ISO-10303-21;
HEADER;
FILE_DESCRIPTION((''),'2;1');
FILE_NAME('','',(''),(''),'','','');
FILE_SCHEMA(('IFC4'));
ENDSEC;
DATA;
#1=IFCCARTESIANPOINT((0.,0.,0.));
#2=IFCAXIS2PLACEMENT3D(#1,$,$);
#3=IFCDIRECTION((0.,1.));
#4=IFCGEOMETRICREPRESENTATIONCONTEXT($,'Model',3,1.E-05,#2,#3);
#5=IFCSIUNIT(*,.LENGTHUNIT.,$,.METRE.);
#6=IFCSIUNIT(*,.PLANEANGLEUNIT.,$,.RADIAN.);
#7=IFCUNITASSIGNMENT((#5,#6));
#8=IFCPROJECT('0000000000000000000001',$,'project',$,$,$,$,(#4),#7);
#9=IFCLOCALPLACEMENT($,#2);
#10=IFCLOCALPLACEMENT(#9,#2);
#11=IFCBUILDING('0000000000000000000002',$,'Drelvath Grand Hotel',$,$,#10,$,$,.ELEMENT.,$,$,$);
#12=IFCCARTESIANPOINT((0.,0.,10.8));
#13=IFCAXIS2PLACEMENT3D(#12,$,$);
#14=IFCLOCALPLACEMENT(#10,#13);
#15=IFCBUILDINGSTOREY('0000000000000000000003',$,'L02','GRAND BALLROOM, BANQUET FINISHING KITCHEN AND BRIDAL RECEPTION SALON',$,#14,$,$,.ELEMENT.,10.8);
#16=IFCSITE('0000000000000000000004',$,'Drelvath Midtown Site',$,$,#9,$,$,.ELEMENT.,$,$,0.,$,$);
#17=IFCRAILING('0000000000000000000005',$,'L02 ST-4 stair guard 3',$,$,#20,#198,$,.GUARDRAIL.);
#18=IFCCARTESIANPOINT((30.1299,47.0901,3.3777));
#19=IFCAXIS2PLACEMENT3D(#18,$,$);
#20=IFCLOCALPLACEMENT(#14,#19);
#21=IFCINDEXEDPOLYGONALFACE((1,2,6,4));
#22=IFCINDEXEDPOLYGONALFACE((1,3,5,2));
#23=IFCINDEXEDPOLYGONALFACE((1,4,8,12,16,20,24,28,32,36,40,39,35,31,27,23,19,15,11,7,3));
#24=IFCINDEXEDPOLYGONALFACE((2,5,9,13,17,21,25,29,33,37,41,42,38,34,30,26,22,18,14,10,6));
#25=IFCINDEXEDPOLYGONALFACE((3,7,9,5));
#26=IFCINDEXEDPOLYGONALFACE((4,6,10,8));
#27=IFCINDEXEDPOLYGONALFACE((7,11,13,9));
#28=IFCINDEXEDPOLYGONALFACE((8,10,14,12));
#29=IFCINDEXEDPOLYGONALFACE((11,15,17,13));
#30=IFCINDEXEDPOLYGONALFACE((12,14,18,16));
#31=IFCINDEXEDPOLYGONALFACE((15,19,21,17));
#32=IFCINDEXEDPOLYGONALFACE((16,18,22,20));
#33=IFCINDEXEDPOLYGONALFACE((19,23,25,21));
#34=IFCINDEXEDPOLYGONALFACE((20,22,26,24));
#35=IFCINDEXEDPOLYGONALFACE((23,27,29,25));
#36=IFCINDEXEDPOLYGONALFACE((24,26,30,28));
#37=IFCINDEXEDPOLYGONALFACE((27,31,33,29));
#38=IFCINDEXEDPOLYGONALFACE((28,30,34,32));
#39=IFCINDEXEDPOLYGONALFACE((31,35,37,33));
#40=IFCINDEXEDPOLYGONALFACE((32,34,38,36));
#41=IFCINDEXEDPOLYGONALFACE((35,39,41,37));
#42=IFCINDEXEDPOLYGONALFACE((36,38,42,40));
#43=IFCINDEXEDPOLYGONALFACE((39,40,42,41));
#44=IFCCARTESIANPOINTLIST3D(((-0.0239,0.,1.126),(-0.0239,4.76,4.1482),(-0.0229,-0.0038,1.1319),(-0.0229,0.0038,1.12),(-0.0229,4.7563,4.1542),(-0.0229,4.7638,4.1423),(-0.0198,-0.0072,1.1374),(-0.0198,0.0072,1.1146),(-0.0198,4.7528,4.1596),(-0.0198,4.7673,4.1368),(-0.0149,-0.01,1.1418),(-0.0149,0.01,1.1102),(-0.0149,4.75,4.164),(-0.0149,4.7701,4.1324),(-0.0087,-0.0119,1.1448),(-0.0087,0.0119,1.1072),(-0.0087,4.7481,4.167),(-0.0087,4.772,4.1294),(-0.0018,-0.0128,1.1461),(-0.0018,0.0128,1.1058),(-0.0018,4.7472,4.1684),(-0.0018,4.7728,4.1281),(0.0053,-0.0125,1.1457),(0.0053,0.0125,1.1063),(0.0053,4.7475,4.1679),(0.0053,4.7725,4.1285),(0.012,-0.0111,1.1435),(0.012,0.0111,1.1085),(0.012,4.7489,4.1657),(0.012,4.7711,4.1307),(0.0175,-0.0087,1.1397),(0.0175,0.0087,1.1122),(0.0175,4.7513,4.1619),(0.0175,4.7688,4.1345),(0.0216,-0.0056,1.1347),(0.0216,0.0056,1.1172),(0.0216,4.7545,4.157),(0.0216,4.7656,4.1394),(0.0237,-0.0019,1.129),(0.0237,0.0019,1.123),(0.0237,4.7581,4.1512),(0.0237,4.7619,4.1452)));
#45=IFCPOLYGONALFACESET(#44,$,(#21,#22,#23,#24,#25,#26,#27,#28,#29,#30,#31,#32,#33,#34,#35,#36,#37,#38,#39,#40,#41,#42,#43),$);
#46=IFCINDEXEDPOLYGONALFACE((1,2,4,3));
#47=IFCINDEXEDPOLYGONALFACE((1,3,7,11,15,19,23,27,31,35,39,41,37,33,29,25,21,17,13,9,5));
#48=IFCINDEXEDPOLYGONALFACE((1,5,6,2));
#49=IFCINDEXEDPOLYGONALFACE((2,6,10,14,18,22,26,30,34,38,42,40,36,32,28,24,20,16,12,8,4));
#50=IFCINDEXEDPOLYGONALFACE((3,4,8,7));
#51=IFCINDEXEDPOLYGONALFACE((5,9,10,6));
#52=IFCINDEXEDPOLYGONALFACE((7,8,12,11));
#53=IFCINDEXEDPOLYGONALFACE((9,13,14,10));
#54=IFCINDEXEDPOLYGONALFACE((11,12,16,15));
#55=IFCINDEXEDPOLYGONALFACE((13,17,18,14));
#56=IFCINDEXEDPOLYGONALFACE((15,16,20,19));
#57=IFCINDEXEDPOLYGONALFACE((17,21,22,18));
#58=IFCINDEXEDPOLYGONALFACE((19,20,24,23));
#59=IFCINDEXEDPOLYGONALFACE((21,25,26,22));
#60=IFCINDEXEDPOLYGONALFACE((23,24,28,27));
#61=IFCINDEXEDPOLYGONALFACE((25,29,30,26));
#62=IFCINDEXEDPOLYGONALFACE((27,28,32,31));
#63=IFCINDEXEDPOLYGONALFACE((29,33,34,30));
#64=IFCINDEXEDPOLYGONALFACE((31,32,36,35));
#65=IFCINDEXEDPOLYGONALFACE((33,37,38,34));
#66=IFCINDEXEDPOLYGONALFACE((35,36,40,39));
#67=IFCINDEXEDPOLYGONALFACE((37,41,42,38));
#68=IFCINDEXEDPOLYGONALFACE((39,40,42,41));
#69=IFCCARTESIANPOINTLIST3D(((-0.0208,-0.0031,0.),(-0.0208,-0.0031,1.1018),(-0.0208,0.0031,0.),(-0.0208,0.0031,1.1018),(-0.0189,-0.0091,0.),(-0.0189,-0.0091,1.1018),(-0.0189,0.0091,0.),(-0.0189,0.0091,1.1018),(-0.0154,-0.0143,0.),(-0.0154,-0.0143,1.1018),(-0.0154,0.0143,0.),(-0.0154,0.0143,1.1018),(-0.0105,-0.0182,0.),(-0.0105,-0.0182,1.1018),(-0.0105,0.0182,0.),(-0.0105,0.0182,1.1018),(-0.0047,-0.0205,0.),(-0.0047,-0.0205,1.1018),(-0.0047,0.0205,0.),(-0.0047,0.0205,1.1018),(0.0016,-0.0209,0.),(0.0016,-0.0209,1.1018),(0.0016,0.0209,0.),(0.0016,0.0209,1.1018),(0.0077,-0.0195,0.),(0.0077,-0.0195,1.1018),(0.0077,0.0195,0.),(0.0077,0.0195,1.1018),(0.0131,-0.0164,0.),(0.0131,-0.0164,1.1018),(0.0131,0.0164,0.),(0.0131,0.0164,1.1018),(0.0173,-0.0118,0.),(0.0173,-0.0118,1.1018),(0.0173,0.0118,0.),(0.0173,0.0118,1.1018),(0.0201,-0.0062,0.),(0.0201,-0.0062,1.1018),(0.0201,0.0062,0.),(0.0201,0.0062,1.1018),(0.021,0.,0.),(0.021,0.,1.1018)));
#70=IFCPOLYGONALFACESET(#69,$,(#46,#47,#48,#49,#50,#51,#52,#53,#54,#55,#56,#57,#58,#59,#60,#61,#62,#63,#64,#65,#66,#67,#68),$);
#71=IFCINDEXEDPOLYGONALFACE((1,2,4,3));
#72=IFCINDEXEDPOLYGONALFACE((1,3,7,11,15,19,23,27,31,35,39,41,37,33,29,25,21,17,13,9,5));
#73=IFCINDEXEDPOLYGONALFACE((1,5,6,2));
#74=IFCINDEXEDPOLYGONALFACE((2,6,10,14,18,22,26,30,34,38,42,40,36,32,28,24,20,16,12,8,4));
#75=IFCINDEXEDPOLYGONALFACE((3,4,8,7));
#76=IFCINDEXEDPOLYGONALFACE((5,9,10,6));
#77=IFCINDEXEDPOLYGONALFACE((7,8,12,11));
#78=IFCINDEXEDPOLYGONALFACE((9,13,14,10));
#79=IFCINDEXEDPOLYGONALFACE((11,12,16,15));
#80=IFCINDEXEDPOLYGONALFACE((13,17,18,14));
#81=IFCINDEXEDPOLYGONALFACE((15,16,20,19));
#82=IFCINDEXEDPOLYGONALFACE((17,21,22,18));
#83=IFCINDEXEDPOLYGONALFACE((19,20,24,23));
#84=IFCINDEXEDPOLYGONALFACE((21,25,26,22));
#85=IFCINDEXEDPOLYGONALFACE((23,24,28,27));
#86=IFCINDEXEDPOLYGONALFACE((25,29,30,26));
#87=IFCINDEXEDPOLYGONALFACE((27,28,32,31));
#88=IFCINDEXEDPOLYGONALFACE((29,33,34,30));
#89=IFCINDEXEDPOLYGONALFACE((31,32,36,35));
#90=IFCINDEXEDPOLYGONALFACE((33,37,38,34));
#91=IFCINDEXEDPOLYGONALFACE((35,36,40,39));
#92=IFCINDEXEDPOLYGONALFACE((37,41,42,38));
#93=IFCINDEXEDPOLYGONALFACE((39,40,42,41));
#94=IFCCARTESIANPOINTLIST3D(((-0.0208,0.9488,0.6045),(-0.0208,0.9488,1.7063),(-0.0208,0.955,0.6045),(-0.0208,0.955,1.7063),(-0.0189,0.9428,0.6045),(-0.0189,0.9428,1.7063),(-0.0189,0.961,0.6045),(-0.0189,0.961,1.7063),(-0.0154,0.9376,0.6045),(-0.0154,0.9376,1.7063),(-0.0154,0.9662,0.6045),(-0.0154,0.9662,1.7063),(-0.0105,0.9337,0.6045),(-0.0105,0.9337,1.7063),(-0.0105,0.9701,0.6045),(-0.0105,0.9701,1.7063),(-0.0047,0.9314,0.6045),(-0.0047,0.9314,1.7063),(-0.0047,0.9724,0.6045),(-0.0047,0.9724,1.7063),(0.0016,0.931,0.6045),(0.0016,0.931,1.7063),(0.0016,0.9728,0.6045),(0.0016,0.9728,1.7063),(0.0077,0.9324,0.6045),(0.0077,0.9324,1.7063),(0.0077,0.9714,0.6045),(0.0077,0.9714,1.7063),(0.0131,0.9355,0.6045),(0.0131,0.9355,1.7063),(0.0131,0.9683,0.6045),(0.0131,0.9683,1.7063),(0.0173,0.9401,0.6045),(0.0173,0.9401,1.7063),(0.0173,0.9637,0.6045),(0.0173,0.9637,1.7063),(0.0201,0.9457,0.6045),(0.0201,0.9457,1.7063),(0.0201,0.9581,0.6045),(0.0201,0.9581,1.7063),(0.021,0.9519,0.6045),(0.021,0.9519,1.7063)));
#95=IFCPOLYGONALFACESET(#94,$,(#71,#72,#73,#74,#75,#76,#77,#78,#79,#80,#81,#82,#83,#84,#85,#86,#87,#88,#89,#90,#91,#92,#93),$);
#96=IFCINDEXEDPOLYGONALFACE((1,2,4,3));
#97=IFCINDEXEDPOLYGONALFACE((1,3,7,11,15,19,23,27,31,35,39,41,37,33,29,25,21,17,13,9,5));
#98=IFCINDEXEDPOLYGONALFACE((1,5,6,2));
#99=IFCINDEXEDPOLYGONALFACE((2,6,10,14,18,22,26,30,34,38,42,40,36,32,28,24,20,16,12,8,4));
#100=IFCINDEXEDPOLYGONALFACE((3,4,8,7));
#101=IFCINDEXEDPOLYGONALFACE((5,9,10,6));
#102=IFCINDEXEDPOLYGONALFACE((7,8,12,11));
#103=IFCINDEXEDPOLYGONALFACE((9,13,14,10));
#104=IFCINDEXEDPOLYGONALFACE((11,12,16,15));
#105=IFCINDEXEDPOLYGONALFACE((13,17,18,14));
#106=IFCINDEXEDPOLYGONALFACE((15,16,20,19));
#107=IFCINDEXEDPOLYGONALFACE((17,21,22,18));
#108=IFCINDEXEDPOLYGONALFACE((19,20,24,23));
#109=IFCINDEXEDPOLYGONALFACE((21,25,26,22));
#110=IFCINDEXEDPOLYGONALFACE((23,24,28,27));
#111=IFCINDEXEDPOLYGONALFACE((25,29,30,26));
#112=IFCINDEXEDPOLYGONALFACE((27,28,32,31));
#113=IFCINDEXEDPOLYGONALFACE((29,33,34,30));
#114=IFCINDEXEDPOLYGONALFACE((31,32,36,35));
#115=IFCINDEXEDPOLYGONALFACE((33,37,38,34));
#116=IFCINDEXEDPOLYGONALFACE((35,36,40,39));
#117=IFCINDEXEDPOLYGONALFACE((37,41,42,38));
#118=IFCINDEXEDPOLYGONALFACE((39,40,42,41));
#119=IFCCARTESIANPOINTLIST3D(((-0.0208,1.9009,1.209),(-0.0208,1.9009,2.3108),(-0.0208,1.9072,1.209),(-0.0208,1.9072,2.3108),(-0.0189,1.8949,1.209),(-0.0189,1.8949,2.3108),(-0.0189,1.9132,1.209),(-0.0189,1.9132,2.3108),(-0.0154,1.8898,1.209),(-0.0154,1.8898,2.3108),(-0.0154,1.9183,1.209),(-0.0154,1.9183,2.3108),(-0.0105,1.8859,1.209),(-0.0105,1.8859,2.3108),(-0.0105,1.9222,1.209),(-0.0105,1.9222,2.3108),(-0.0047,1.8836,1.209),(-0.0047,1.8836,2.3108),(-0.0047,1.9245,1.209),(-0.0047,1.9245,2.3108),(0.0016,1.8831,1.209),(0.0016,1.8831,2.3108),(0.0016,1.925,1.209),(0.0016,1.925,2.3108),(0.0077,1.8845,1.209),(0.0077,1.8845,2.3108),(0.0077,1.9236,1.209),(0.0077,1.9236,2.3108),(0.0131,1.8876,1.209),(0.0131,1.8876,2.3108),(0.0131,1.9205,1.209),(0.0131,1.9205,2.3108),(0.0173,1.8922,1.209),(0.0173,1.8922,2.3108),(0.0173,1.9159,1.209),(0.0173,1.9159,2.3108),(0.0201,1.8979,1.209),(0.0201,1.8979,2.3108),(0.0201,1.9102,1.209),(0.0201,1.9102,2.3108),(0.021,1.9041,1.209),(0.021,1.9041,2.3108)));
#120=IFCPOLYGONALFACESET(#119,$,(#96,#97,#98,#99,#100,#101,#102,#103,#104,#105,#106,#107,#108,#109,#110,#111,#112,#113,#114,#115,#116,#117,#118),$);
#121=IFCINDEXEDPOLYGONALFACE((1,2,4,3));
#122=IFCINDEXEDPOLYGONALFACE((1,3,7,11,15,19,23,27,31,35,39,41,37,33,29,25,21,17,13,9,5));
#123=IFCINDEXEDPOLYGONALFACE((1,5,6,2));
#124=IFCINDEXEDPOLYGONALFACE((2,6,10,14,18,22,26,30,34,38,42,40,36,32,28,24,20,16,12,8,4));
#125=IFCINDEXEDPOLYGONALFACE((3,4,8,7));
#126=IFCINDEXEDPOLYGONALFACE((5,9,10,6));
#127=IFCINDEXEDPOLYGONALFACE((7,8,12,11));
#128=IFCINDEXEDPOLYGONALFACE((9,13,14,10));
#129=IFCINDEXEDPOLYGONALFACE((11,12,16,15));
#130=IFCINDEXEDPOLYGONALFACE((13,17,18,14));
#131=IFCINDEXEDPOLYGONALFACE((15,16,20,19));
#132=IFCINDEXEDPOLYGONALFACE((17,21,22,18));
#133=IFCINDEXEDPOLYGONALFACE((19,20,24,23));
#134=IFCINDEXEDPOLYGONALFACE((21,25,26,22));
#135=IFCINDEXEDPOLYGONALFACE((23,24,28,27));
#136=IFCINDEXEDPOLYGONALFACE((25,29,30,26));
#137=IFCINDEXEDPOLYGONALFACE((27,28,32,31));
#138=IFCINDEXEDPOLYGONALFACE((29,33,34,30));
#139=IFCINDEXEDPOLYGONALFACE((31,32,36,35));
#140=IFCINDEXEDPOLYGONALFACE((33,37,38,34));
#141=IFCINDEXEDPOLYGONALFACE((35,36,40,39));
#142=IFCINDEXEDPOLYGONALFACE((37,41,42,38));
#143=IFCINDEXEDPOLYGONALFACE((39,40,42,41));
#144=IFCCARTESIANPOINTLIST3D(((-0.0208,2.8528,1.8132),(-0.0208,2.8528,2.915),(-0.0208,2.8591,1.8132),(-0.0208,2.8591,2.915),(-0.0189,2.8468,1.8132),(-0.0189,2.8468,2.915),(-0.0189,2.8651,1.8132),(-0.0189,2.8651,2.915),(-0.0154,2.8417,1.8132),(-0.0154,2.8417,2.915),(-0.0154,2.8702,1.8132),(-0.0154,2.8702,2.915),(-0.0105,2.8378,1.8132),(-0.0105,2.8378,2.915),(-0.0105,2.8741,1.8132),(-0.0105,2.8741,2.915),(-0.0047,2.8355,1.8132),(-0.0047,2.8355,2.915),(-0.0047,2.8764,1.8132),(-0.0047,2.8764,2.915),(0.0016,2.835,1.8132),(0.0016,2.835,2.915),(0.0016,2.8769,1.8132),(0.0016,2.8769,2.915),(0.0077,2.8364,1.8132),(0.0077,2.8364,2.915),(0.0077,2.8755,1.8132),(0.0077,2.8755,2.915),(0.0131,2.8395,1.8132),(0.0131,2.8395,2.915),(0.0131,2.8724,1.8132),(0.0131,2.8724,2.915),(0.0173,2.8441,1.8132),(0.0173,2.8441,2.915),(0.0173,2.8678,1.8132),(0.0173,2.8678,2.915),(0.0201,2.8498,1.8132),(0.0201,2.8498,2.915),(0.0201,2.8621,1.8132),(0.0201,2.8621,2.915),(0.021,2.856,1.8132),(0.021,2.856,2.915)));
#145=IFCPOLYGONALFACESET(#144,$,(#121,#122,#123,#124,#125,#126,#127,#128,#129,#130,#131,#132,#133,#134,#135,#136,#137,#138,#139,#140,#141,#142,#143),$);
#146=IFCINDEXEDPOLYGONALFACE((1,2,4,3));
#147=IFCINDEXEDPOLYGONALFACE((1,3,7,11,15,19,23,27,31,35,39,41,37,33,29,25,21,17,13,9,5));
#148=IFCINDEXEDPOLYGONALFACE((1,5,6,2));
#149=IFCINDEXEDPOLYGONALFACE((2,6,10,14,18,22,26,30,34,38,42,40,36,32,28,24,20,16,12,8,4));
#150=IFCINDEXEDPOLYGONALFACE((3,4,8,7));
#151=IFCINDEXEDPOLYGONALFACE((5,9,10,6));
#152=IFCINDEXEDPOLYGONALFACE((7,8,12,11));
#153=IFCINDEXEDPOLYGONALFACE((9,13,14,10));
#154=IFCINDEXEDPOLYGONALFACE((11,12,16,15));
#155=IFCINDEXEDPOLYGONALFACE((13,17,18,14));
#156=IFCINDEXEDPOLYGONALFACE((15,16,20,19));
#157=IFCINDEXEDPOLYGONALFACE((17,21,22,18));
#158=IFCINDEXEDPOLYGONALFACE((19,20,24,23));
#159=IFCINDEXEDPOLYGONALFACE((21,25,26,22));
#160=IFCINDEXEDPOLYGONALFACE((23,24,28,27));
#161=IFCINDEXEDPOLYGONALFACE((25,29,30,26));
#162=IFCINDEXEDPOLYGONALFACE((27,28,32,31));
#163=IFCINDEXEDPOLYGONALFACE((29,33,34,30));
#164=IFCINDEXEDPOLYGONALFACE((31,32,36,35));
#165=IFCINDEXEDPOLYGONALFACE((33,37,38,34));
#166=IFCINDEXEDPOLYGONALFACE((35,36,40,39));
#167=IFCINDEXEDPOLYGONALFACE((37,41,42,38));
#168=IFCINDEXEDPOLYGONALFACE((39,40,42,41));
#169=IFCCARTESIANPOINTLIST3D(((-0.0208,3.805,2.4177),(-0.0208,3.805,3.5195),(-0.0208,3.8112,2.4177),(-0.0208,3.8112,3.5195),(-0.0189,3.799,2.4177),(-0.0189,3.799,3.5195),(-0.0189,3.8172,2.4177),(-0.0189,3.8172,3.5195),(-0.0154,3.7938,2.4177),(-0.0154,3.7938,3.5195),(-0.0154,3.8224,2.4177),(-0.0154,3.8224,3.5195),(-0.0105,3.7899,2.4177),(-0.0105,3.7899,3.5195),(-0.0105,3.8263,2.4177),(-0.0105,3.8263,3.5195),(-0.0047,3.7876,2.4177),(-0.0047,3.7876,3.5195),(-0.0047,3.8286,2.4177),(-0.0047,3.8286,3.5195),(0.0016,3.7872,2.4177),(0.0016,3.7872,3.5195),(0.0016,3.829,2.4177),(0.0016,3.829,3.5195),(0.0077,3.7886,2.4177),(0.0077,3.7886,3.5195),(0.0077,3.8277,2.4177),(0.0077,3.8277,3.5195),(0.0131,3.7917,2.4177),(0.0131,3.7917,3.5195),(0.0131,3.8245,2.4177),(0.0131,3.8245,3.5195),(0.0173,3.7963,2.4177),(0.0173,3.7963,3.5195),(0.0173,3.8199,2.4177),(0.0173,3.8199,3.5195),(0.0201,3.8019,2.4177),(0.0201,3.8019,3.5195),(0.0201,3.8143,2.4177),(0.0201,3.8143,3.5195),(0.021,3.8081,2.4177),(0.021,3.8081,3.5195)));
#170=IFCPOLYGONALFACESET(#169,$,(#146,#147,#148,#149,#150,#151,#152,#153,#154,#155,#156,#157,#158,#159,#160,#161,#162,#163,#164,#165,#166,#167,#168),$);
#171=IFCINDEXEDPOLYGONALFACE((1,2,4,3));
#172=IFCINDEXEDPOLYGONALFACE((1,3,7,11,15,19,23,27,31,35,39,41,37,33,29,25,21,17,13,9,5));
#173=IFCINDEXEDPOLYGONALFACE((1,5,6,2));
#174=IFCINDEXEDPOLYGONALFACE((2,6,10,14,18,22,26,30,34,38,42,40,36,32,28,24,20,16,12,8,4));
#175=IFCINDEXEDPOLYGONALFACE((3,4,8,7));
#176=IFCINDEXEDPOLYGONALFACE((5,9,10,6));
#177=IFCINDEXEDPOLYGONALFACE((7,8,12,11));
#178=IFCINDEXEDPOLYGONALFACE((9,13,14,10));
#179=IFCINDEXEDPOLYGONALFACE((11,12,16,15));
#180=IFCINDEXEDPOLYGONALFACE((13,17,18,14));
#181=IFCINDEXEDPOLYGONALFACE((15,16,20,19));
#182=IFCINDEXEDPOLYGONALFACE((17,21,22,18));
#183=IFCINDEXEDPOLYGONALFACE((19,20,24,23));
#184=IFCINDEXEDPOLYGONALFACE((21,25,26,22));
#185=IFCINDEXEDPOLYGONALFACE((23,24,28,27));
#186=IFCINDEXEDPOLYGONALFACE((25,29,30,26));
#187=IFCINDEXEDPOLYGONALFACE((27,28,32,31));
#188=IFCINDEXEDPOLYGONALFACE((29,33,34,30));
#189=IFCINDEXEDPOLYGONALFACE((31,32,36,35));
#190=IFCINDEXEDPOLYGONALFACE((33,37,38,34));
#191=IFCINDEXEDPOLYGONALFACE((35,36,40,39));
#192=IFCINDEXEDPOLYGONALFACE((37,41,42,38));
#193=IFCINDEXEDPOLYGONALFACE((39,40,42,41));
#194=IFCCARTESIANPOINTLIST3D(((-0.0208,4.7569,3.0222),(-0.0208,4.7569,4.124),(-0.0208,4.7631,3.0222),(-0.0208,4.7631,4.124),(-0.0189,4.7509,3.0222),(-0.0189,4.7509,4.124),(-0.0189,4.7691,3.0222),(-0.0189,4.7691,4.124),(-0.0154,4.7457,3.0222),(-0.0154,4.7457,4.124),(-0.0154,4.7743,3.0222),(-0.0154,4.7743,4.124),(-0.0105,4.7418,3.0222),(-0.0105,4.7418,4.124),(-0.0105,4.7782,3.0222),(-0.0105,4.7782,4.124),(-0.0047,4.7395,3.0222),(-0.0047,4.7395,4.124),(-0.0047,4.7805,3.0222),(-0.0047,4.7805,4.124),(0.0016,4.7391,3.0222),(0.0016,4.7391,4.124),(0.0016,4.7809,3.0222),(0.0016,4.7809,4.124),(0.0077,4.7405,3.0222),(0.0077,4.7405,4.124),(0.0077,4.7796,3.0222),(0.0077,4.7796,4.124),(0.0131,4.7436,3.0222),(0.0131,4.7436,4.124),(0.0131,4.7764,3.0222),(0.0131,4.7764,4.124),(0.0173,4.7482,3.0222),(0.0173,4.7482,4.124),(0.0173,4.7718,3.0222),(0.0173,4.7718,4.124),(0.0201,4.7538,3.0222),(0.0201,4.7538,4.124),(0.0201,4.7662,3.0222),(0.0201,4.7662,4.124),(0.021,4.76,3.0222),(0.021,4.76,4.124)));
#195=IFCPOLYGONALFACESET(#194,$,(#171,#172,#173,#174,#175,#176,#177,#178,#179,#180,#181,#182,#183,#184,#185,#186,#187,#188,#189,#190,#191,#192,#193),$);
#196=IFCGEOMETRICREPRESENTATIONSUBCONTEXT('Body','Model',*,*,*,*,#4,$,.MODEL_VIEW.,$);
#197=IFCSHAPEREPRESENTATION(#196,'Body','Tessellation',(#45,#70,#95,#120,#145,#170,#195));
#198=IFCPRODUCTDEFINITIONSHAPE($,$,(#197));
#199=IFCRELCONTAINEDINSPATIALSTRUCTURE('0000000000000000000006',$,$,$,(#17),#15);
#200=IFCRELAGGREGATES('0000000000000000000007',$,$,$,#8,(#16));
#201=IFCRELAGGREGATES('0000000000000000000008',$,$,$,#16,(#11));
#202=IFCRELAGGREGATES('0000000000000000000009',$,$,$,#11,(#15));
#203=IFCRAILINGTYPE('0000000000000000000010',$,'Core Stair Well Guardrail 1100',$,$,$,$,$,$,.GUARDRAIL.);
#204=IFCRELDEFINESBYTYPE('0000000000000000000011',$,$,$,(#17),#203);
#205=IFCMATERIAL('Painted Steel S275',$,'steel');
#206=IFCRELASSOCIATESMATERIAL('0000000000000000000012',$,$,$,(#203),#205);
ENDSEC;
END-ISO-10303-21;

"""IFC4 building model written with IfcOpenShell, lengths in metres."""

from ifc_helpers import new_model, si_unit, direction, frame, origin, origin_2d, place, context, subcontext, project, spatial, circle, extrude, material, type_object, element, save


model = new_model("IFC4")

# Units and contexts
model_context = context("Model", 3, precision=1e-05, world=origin(), true_north=direction((0.0, 1.0)))
body_context = subcontext(model_context, "Body", "Model", "MODEL_VIEW")
ifc_project = project(units=[si_unit("LENGTHUNIT", "METRE"), si_unit("PLANEANGLEUNIT", "RADIAN")], contexts=[model_context])

# Site, building, storey
site_placement = place(None, origin())
site = spatial("IfcSite", under=ifc_project, at=site_placement, Name="Drelvath Midtown Site", CompositionType="ELEMENT", RefElevation=0.0)
building_placement = place(site_placement, origin())
building = spatial("IfcBuilding", under=site, at=building_placement, Name="Drelvath Grand Hotel", CompositionType="ELEMENT")
storey_placement = place(building_placement, frame((0.0, 0.0, 10.8)))
storey = spatial("IfcBuildingStorey", under=building, at=storey_placement, Name="L02", Description="GRAND BALLROOM, BANQUET FINISHING KITCHEN AND BRIDAL RECEPTION SALON", CompositionType="ELEMENT", Elevation=10.8)

# Shared definitions
ifc_material_1 = material(Name="Painted Steel S275", Category="steel")

# Railing
railing_type_1 = type_object("IfcRailingType", Name="Core Stair Well Guardrail 1100", PredefinedType="GUARDRAIL", material=ifc_material_1)
railing_1_placement = place(storey_placement, frame((30.1299, 47.0901, 3.3777)))
element("IfcRailing", 1, at=railing_1_placement, inside=storey, type_object=railing_type_1, Name="L02 ST-4 stair guard 3", PredefinedType="GUARDRAIL", context=body_context, shape_type="SweptSolid", body=[
    extrude(circle(Radius=0.0239, at=origin_2d()), frame((0.0, 0.0, 1.126), z_axis=(0.0, 0.844214, 0.536007), x_axis=(-1.0, 0.0, 0.0)), (0.0, 0.0, 1.0), 5.6384),
    extrude(circle(Radius=0.021, at=origin_2d()), origin(), (0.0, 0.0, 1.0), 1.1018),
    extrude(circle(Radius=0.021, at=origin_2d()), frame((0.0, 0.9519, 0.6045)), (0.0, 0.0, 1.0), 1.1018),
    extrude(circle(Radius=0.021, at=origin_2d()), frame((0.0, 1.9041, 1.209)), (0.0, 0.0, 1.0), 1.1018),
    extrude(circle(Radius=0.021, at=origin_2d()), frame((0.0, 2.856, 1.8132)), (0.0, 0.0, 1.0), 1.1018),
    extrude(circle(Radius=0.021, at=origin_2d()), frame((0.0, 3.8081, 2.4177)), (0.0, 0.0, 1.0), 1.1018),
    extrude(circle(Radius=0.021, at=origin_2d()), frame((0.0, 4.76, 3.0222)), (0.0, 0.0, 1.0), 1.1018),
])

save(model, "model.ifc")
